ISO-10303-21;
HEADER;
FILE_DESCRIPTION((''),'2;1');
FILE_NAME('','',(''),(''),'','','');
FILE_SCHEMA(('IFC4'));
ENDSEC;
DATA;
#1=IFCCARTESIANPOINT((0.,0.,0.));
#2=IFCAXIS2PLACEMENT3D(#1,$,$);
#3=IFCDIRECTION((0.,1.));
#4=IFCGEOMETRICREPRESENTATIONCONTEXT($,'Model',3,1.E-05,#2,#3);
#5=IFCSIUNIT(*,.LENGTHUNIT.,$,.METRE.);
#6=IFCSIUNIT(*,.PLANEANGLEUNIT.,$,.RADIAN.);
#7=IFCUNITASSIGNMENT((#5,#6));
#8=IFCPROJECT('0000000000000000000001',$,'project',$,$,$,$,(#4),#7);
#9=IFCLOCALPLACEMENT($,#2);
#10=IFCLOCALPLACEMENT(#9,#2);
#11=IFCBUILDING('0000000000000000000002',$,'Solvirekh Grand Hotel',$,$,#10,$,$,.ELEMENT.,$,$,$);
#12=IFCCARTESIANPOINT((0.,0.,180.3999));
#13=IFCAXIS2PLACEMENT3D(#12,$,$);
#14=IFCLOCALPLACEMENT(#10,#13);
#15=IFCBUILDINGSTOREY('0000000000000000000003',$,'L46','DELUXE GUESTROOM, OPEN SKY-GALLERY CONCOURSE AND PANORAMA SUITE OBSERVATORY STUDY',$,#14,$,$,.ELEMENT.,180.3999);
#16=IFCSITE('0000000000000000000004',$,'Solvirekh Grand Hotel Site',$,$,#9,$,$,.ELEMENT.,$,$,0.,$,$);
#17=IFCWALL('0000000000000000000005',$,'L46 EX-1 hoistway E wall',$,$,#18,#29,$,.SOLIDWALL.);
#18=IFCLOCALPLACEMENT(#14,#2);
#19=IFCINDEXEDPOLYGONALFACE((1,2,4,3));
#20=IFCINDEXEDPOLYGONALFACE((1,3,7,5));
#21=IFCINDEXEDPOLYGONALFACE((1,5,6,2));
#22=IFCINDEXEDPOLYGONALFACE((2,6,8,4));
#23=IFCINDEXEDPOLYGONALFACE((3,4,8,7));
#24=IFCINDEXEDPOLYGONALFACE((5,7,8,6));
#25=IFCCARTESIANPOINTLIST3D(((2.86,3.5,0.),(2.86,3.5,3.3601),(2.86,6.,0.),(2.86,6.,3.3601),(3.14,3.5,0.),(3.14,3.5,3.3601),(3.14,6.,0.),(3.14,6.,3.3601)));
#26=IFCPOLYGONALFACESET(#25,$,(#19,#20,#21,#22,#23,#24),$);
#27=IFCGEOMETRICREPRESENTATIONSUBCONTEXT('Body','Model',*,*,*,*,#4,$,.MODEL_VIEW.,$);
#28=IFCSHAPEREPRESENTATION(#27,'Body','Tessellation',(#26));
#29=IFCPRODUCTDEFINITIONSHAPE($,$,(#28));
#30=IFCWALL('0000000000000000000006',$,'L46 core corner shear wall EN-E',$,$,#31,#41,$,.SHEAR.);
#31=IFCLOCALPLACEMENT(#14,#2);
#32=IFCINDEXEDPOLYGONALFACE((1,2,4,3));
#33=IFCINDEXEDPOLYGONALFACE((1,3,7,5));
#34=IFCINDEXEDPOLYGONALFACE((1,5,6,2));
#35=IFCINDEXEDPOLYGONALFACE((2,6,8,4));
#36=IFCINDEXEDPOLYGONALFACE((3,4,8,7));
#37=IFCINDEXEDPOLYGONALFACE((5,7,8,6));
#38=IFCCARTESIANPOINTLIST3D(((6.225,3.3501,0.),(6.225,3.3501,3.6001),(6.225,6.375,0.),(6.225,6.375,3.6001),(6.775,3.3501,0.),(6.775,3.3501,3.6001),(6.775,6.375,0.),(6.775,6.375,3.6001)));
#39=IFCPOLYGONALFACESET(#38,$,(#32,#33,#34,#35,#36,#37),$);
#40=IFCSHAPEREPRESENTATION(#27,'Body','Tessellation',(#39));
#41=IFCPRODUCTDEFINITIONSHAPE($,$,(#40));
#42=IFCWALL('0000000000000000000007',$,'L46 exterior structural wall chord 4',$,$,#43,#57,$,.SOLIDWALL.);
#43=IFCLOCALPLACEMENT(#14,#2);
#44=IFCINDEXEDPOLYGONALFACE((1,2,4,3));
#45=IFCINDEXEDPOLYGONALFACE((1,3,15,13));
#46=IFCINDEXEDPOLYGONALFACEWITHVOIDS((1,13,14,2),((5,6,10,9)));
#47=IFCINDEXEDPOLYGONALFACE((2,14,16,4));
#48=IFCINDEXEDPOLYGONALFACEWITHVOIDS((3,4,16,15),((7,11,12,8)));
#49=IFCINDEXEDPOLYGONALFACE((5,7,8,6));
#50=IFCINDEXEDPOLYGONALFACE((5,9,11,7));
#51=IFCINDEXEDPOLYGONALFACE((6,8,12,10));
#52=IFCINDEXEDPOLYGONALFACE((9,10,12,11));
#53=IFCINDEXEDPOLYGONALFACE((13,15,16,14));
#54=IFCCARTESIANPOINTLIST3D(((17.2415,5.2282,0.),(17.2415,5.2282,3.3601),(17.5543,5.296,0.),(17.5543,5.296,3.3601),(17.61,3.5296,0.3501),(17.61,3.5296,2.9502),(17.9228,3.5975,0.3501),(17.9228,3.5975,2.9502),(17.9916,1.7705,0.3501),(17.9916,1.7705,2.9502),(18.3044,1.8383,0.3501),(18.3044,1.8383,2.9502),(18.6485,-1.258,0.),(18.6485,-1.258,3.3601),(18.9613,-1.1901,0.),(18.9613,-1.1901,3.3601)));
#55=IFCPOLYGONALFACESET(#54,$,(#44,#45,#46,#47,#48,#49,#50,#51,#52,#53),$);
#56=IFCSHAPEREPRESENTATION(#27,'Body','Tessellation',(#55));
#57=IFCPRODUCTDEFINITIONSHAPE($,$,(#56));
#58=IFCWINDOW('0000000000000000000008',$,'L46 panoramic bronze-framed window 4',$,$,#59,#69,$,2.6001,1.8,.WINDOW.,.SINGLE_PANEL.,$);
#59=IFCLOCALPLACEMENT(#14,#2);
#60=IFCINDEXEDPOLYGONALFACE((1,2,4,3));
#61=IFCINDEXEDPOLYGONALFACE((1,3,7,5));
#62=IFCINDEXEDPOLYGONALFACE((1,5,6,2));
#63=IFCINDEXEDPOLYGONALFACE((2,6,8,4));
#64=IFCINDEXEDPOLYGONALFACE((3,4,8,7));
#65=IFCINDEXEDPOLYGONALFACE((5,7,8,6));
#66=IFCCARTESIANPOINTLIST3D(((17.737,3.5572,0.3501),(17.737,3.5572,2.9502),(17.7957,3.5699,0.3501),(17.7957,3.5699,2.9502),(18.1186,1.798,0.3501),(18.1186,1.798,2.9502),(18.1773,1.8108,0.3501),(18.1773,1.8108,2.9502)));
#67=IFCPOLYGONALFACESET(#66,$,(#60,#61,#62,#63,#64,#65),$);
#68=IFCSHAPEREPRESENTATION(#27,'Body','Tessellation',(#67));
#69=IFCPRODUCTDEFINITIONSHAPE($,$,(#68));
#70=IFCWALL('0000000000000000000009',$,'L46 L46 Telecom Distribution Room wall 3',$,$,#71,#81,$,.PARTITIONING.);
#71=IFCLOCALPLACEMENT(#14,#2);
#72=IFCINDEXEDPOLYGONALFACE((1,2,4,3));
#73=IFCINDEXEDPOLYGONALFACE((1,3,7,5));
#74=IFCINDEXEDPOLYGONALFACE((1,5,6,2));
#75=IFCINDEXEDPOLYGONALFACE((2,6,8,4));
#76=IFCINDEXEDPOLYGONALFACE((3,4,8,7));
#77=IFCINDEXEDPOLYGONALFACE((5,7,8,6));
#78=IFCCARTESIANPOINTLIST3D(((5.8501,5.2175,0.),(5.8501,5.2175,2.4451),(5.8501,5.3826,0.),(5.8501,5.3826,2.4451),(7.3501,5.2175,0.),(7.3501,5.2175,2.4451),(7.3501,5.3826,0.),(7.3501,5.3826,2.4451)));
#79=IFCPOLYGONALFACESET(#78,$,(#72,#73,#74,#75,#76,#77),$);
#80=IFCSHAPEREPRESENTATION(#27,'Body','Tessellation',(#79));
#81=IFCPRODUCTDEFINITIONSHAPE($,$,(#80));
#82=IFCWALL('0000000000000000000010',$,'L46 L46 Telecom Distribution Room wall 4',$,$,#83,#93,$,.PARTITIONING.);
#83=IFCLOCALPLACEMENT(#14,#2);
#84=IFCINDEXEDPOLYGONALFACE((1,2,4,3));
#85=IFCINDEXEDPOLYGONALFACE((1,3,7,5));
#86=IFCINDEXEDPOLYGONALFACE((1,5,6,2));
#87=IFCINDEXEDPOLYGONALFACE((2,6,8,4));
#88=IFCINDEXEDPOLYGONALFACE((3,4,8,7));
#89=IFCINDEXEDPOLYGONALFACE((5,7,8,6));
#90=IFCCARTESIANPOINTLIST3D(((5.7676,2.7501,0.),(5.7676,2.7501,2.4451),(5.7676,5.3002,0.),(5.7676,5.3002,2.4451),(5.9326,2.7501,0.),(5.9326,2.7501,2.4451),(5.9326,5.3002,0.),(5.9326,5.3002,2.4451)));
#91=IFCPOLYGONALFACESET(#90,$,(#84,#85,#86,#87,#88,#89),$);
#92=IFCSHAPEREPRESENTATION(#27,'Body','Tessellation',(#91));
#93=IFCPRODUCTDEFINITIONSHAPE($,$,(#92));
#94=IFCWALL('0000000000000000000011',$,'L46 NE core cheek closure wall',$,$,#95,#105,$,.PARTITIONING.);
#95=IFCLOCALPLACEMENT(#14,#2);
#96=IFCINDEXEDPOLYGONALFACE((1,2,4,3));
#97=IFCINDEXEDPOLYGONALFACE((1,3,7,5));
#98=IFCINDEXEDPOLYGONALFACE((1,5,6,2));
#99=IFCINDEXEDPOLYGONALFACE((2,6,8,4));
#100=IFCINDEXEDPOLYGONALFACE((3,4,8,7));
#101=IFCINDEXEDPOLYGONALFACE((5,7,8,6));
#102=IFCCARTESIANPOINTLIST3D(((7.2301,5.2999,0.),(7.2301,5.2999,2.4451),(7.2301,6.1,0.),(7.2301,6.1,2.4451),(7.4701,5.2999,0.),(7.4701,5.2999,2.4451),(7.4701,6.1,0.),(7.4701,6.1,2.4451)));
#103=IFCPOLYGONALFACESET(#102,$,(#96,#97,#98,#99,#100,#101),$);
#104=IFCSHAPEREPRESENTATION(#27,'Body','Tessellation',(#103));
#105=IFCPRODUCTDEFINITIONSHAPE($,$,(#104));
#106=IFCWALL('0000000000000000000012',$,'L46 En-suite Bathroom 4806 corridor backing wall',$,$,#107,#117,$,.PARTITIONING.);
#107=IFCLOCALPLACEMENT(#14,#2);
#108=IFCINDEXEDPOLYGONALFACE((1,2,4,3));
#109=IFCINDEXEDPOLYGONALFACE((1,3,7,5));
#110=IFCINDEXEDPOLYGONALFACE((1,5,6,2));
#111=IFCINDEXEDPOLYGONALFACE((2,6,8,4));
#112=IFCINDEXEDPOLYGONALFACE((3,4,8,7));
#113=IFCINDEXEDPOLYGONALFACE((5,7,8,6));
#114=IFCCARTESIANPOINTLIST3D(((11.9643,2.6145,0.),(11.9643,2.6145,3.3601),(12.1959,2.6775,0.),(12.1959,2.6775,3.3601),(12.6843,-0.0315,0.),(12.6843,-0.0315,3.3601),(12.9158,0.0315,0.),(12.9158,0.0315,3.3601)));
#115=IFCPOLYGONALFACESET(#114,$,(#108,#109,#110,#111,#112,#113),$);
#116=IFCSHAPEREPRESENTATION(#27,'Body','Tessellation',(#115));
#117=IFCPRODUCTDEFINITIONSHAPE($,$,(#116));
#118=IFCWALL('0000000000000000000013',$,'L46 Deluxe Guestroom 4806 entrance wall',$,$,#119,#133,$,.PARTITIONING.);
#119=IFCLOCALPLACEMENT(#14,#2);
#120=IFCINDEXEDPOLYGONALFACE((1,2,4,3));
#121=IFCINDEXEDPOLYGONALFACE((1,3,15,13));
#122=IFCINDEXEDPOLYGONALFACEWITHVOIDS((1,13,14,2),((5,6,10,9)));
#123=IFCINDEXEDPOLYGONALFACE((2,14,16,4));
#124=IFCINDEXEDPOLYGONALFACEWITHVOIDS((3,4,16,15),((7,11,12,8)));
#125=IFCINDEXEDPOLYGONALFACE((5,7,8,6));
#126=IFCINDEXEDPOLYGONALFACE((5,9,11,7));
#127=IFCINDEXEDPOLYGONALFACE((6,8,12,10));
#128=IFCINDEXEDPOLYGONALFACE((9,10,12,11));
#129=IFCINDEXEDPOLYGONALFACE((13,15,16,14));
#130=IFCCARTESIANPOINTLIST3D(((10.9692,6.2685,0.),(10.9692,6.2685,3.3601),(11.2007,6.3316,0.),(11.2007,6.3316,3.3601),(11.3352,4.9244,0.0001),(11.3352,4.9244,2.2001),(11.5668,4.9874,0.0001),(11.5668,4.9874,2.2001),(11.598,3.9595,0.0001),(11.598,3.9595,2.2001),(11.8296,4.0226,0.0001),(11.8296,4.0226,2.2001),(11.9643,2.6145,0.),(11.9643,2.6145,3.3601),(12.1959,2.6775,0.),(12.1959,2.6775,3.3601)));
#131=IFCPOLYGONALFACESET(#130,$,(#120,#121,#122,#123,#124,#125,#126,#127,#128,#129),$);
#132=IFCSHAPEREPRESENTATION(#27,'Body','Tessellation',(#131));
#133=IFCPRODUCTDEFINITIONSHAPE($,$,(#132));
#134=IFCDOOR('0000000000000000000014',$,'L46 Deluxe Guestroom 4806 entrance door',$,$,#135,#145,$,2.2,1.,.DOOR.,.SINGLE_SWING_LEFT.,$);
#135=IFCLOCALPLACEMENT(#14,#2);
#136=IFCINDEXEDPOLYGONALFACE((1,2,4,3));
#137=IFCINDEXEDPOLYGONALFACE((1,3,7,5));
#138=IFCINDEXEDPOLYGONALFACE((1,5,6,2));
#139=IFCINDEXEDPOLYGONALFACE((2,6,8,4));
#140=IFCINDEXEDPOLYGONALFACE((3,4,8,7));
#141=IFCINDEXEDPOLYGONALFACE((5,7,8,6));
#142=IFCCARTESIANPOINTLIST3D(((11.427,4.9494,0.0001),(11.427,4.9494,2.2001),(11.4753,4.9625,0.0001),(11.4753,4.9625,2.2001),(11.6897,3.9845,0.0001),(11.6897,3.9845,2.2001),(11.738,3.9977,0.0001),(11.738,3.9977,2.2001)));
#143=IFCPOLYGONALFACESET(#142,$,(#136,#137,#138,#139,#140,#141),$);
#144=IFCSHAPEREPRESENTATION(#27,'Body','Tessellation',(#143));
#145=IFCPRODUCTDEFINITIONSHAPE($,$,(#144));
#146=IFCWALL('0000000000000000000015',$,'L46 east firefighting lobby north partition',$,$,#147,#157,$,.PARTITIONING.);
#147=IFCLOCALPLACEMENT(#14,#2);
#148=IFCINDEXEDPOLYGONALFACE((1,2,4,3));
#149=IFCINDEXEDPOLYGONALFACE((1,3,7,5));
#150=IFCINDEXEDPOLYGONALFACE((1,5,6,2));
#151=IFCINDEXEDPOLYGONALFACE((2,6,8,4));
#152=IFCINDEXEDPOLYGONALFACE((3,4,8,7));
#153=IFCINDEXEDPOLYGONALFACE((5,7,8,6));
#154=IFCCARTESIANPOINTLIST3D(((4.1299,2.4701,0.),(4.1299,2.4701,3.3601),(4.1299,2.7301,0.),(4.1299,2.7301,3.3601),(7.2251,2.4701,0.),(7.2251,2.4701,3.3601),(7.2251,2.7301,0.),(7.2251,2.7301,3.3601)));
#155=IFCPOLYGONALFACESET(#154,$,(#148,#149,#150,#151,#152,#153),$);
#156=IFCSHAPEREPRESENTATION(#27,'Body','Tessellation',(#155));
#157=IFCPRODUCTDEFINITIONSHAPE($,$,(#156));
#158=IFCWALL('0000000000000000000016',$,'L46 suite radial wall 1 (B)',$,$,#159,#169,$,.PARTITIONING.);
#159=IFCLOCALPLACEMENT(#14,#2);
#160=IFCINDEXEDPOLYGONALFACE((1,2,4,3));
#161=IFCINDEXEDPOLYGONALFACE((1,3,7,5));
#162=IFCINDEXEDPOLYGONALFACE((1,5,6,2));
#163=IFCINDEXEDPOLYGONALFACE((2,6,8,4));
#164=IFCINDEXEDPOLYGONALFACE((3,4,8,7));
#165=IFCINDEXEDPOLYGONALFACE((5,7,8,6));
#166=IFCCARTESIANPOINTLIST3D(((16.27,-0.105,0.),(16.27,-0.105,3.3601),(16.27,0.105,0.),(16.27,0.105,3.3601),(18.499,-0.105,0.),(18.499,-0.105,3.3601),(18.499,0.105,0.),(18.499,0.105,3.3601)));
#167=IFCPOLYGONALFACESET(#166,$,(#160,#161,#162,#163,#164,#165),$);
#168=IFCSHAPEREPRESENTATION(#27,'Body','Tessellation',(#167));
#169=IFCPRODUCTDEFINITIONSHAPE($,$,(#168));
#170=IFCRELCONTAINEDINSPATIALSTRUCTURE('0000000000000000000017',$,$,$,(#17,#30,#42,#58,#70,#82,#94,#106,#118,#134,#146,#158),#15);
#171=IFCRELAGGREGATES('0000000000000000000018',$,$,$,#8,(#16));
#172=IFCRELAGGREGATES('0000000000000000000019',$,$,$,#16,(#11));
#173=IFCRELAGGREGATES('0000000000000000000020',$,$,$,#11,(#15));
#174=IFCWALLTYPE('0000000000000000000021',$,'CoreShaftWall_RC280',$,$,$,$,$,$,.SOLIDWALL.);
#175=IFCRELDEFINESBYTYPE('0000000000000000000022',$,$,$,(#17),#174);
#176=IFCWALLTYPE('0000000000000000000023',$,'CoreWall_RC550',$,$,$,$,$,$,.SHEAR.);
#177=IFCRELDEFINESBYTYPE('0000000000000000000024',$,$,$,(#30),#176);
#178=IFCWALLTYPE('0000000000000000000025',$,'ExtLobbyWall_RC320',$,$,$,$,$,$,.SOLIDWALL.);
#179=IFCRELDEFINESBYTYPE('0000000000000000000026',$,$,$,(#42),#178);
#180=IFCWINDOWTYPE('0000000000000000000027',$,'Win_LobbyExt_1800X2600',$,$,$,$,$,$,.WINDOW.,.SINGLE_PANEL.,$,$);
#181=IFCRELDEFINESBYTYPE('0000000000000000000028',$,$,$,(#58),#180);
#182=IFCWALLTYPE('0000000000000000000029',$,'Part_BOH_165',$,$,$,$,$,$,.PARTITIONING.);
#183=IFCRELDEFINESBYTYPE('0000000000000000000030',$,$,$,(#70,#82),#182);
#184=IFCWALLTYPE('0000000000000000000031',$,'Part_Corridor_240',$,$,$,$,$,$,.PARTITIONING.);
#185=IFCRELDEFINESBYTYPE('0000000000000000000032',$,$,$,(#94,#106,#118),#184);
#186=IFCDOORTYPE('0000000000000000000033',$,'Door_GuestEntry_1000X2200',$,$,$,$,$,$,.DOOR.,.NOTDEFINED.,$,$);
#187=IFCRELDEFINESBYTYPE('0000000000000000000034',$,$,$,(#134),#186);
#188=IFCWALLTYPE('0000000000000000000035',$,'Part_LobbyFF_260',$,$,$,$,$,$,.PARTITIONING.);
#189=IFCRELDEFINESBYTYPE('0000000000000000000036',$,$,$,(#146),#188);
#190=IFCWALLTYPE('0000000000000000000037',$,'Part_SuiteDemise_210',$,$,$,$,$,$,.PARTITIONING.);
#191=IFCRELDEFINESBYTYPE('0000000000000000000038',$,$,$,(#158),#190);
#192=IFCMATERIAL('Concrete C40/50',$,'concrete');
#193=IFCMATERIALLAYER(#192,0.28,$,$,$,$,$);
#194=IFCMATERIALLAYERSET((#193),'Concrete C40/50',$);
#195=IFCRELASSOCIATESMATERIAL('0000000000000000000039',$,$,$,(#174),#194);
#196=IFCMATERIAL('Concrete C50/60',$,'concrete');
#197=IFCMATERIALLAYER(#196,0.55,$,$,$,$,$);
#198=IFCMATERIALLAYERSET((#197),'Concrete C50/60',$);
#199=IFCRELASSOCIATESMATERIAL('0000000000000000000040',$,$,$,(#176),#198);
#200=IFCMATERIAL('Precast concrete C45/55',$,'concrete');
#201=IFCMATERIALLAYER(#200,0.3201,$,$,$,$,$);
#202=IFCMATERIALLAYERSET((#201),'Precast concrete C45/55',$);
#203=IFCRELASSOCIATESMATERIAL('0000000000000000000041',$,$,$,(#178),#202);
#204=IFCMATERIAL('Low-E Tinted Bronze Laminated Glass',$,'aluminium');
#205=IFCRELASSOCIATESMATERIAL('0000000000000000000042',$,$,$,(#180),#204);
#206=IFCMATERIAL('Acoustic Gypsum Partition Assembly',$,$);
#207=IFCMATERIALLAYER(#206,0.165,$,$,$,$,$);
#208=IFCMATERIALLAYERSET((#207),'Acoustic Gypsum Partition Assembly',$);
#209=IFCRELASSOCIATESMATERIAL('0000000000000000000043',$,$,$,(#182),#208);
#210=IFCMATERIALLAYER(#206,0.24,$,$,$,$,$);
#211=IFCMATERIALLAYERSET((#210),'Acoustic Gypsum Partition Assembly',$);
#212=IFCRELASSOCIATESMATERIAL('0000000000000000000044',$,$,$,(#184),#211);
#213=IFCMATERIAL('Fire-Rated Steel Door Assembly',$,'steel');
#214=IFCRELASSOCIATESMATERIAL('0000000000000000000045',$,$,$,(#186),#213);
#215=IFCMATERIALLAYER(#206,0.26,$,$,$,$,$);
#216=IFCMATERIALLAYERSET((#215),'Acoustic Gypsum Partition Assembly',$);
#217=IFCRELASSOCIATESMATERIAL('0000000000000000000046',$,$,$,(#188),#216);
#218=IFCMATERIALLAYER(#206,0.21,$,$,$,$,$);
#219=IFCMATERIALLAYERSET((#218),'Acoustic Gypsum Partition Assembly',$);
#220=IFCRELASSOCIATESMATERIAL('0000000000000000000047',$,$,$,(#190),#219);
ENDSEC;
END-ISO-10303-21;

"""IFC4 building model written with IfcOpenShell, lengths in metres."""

from ifc_helpers import new_model, si_unit, direction, frame, frame_2d, origin, place, context, subcontext, project, spatial, rectangle, extrude, material, layer, layer_set, type_object, element, fill, save


model = new_model("IFC4")

# Units and contexts
model_context = context("Model", 3, precision=1e-05, world=origin(), true_north=direction((0.0, 1.0)))
body_context = subcontext(model_context, "Body", "Model", "MODEL_VIEW")
ifc_project = project(units=[si_unit("LENGTHUNIT", "METRE"), si_unit("PLANEANGLEUNIT", "RADIAN")], contexts=[model_context])

# Site, building, storey
site_placement = place(None, origin())
site = spatial("IfcSite", under=ifc_project, at=site_placement, Name="Solvirekh Grand Hotel Site", CompositionType="ELEMENT", RefElevation=0.0)
building_placement = place(site_placement, origin())
building = spatial("IfcBuilding", under=site, at=building_placement, Name="Solvirekh Grand Hotel", CompositionType="ELEMENT")
storey_placement = place(building_placement, frame((0.0, 0.0, 180.3999)))
storey = spatial("IfcBuildingStorey", under=building, at=storey_placement, Name="L46", Description="DELUXE GUESTROOM, OPEN SKY-GALLERY CONCOURSE AND PANORAMA SUITE OBSERVATORY STUDY", CompositionType="ELEMENT", Elevation=180.3999)

# Walls
ifc_material_1 = material(Name="Concrete C40/50", Category="concrete")
ifc_layer_1 = layer(ifc_material_1, 0.28)
ifc_layer_set_1 = layer_set([ifc_layer_1], Name="Concrete C40/50")
wall_type_1 = type_object("IfcWallType", Name="CoreShaftWall_RC280", PredefinedType="SOLIDWALL", material=ifc_layer_set_1)
wall_1_placement = place(storey_placement, frame((3.0, 3.5, 0.0), z_axis=(0.0, 0.0, 1.0), x_axis=(0.0, 1.0, 0.0)))
element("IfcWall", 1, at=wall_1_placement, inside=storey, type_object=wall_type_1, Name="L46 EX-1 hoistway E wall", PredefinedType="SOLIDWALL", context=body_context, shape_type="SweptSolid", body=[
    extrude(rectangle(XDim=2.5, YDim=0.28, at=frame_2d((1.25, 0.0))), origin(), (0.0, 0.0, 1.0), 3.3601),
])
ifc_material_2 = material(Name="Concrete C50/60", Category="concrete")
ifc_layer_2 = layer(ifc_material_2, 0.55)
ifc_layer_set_2 = layer_set([ifc_layer_2], Name="Concrete C50/60")
wall_type_2 = type_object("IfcWallType", Name="CoreWall_RC550", PredefinedType="SHEAR", material=ifc_layer_set_2)
wall_2_placement = place(storey_placement, frame((6.5, 3.3501, 0.0), z_axis=(0.0, 0.0, 1.0), x_axis=(0.0, 1.0, 0.0)))
element("IfcWall", 2, at=wall_2_placement, inside=storey, type_object=wall_type_2, Name="L46 core corner shear wall EN-E", PredefinedType="SHEAR", context=body_context, shape_type="SweptSolid", body=[
    extrude(rectangle(XDim=3.0249, YDim=0.55, at=frame_2d((1.5125, 0.0))), origin(), (0.0, 0.0, 1.0), 3.6001),
])

# Wall, opening, window
ifc_material_3 = material(Name="Precast concrete C45/55", Category="concrete")
ifc_layer_3 = layer(ifc_material_3, 0.3201)
ifc_layer_set_3 = layer_set([ifc_layer_3], Name="Precast concrete C45/55")
wall_type_3 = type_object("IfcWallType", Name="ExtLobbyWall_RC320", PredefinedType="SOLIDWALL", material=ifc_layer_set_3)
wall_3_placement = place(storey_placement, frame((17.3979, 5.262, 0.0), z_axis=(0.0, 0.0, 1.0), x_axis=(0.211993, -0.977271, 0.0)))
wall_3 = element("IfcWall", 3, at=wall_3_placement, inside=storey, type_object=wall_type_3, Name="L46 exterior structural wall chord 4", PredefinedType="SOLIDWALL", context=body_context, shape_type="SweptSolid", body=[
    extrude(rectangle(XDim=6.637, YDim=0.3201, at=frame_2d((3.3184, 0.0))), origin(), (0.0, 0.0, 1.0), 3.3601),
])
opening_1_placement = place(wall_3_placement, frame((1.738, 0.0, 0.3501)))
opening_1 = element("IfcOpeningElement", 4, at=opening_1_placement, cuts=wall_3, PredefinedType="OPENING", context=body_context, shape_type="SweptSolid", body=[
    extrude(rectangle(XDim=1.8, YDim=2.6001, at=frame_2d((0.8999, 1.3))), frame((0.0, 0.1699, 0.0), z_axis=(0.0, -1.0, 0.0), x_axis=(1.0, 0.0, 0.0)), (0.0, 0.0, 1.0), 0.3401),
])
ifc_material_4 = material(Name="Low-E Tinted Bronze Laminated Glass", Category="aluminium")
window_type = type_object("IfcWindowType", Name="Win_LobbyExt_1800X2600", PartitioningType="SINGLE_PANEL", PredefinedType="WINDOW", material=ifc_material_4)
window_placement = place(opening_1_placement, origin())
window = element("IfcWindow", 5, at=window_placement, inside=storey, type_object=window_type, Name="L46 panoramic bronze-framed window 4", OverallHeight=2.6001, OverallWidth=1.8, PartitioningType="SINGLE_PANEL", PredefinedType="WINDOW", context=body_context, shape_type="SweptSolid", body=[
    extrude(rectangle(XDim=1.8, YDim=2.6001, at=frame_2d((0.8999, 1.3))), frame((0.0, 0.03, 0.0), z_axis=(0.0, -1.0, 0.0), x_axis=(1.0, 0.0, 0.0)), (0.0, 0.0, 1.0), 0.0601),
])
fill(opening_1, window)

# Shared definitions
ifc_material_5 = material(Name="Acoustic Gypsum Partition Assembly")
ifc_layer_4 = layer(ifc_material_5, 0.165)
ifc_layer_set_4 = layer_set([ifc_layer_4], Name="Acoustic Gypsum Partition Assembly")
wall_type_4 = type_object("IfcWallType", Name="Part_BOH_165", PredefinedType="PARTITIONING", material=ifc_layer_set_4)
ifc_material_6 = material(Name="Fire-Rated Steel Door Assembly", Category="steel")

# Walls
wall_4_placement = place(storey_placement, frame((7.3501, 5.3, 0.0), z_axis=(0.0, 0.0, 1.0), x_axis=(-1.0, 0.0, 0.0)))
element("IfcWall", 6, at=wall_4_placement, inside=storey, type_object=wall_type_4, Name="L46 L46 Telecom Distribution Room wall 3", PredefinedType="PARTITIONING", context=body_context, shape_type="SweptSolid", body=[
    extrude(rectangle(XDim=1.5, YDim=0.165, at=frame_2d((0.75, 0.0))), origin(), (0.0, 0.0, 1.0), 2.4451),
])
wall_5_placement = place(storey_placement, frame((5.8501, 5.3, 0.0), z_axis=(0.0, 0.0, 1.0), x_axis=(0.0, -1.0, 0.0)))
element("IfcWall", 7, at=wall_5_placement, inside=storey, type_object=wall_type_4, Name="L46 L46 Telecom Distribution Room wall 4", PredefinedType="PARTITIONING", context=body_context, shape_type="SweptSolid", body=[
    extrude(rectangle(XDim=2.55, YDim=0.165, at=frame_2d((1.2749, 0.0))), origin(), (0.0, 0.0, 1.0), 2.4451),
])
ifc_layer_5 = layer(ifc_material_5, 0.24)
ifc_layer_set_5 = layer_set([ifc_layer_5], Name="Acoustic Gypsum Partition Assembly")
wall_type_5 = type_object("IfcWallType", Name="Part_Corridor_240", PredefinedType="PARTITIONING", material=ifc_layer_set_5)
wall_6_placement = place(storey_placement, frame((7.3501, 5.3, 0.0), z_axis=(0.0, 0.0, 1.0), x_axis=(0.0, 1.0, 0.0)))
element("IfcWall", 8, at=wall_6_placement, inside=storey, type_object=wall_type_5, Name="L46 NE core cheek closure wall", PredefinedType="PARTITIONING", context=body_context, shape_type="SweptSolid", body=[
    extrude(rectangle(XDim=0.8, YDim=0.24, at=frame_2d((0.3999, 0.0))), origin(), (0.0, 0.0, 1.0), 2.4451),
])
wall_7_placement = place(storey_placement, frame((12.8, 0.0, 0.0), z_axis=(0.0, 0.0, 1.0), x_axis=(-0.262552, 0.964918, 0.0)))
element("IfcWall", 9, at=wall_7_placement, inside=storey, type_object=wall_type_5, Name="L46 En-suite Bathroom 4806 corridor backing wall", PredefinedType="PARTITIONING", context=body_context, shape_type="SweptSolid", body=[
    extrude(rectangle(XDim=2.7422, YDim=0.24, at=frame_2d((1.3711, 0.0))), origin(), (0.0, 0.0, 1.0), 3.3601),
])

# Wall, opening, door
wall_8_placement = place(storey_placement, frame((12.0801, 2.646, 0.0), z_axis=(0.0, 0.0, 1.0), x_axis=(-0.262763, 0.96486, 0.0)))
wall_8 = element("IfcWall", 10, at=wall_8_placement, inside=storey, type_object=wall_type_5, Name="L46 Deluxe Guestroom 4806 entrance wall", PredefinedType="PARTITIONING", context=body_context, shape_type="SweptSolid", body=[
    extrude(rectangle(XDim=3.7871, YDim=0.24, at=frame_2d((1.8936, 0.0))), origin(), (0.0, 0.0, 1.0), 3.3601),
])
opening_2_placement = place(wall_8_placement, frame((1.394, 0.0, 0.0)))
opening_2 = element("IfcOpeningElement", 11, at=opening_2_placement, cuts=wall_8, PredefinedType="OPENING", context=body_context, shape_type="SweptSolid", body=[
    extrude(rectangle(XDim=1.0, YDim=2.2, at=frame_2d((0.5, 1.1001))), frame((0.0, 0.1299, 0.0), z_axis=(0.0, -1.0, 0.0), x_axis=(1.0, 0.0, 0.0)), (0.0, 0.0, 1.0), 0.26),
])
door_type_1 = type_object("IfcDoorType", Name="Door_GuestEntry_1000X2200", OperationType="NOTDEFINED", PredefinedType="DOOR", material=ifc_material_6)
door_1_placement = place(opening_2_placement, origin())
door_1 = element("IfcDoor", 12, at=door_1_placement, inside=storey, type_object=door_type_1, Name="L46 Deluxe Guestroom 4806 entrance door", OperationType="SINGLE_SWING_LEFT", OverallHeight=2.2, OverallWidth=1.0, PredefinedType="DOOR", context=body_context, shape_type="SweptSolid", body=[
    extrude(rectangle(XDim=1.0, YDim=2.2, at=frame_2d((0.5, 1.1001))), frame((0.0, 0.0249, 0.0), z_axis=(0.0, -1.0, 0.0), x_axis=(1.0, 0.0, 0.0)), (0.0, 0.0, 1.0), 0.05),
])
fill(opening_2, door_1)

# Walls
ifc_layer_6 = layer(ifc_material_5, 0.26)
ifc_layer_set_6 = layer_set([ifc_layer_6], Name="Acoustic Gypsum Partition Assembly")
wall_type_6 = type_object("IfcWallType", Name="Part_LobbyFF_260", PredefinedType="PARTITIONING", material=ifc_layer_set_6)
wall_9_placement = place(storey_placement, frame((4.1299, 2.6001, 0.0), z_axis=(0.0, 0.0, 1.0), x_axis=(1.0, 0.0, 0.0)))
element("IfcWall", 13, at=wall_9_placement, inside=storey, type_object=wall_type_6, Name="L46 east firefighting lobby north partition", PredefinedType="PARTITIONING", context=body_context, shape_type="SweptSolid", body=[
    extrude(rectangle(XDim=3.0952, YDim=0.26, at=frame_2d((1.5476, 0.0))), origin(), (0.0, 0.0, 1.0), 3.3601),
])
ifc_layer_7 = layer(ifc_material_5, 0.21)
ifc_layer_set_7 = layer_set([ifc_layer_7], Name="Acoustic Gypsum Partition Assembly")
wall_type_7 = type_object("IfcWallType", Name="Part_SuiteDemise_210", PredefinedType="PARTITIONING", material=ifc_layer_set_7)
wall_10_placement = place(storey_placement, frame((16.27, 0.0, 0.0), z_axis=(0.0, 0.0, 1.0), x_axis=(1.0, 0.0, 0.0)))
element("IfcWall", 14, at=wall_10_placement, inside=storey, type_object=wall_type_7, Name="L46 suite radial wall 1 (B)", PredefinedType="PARTITIONING", context=body_context, shape_type="SweptSolid", body=[
    extrude(rectangle(XDim=2.229, YDim=0.21, at=frame_2d((1.1145, 0.0))), origin(), (0.0, 0.0, 1.0), 3.3601),
])

save(model, "model.ifc")
